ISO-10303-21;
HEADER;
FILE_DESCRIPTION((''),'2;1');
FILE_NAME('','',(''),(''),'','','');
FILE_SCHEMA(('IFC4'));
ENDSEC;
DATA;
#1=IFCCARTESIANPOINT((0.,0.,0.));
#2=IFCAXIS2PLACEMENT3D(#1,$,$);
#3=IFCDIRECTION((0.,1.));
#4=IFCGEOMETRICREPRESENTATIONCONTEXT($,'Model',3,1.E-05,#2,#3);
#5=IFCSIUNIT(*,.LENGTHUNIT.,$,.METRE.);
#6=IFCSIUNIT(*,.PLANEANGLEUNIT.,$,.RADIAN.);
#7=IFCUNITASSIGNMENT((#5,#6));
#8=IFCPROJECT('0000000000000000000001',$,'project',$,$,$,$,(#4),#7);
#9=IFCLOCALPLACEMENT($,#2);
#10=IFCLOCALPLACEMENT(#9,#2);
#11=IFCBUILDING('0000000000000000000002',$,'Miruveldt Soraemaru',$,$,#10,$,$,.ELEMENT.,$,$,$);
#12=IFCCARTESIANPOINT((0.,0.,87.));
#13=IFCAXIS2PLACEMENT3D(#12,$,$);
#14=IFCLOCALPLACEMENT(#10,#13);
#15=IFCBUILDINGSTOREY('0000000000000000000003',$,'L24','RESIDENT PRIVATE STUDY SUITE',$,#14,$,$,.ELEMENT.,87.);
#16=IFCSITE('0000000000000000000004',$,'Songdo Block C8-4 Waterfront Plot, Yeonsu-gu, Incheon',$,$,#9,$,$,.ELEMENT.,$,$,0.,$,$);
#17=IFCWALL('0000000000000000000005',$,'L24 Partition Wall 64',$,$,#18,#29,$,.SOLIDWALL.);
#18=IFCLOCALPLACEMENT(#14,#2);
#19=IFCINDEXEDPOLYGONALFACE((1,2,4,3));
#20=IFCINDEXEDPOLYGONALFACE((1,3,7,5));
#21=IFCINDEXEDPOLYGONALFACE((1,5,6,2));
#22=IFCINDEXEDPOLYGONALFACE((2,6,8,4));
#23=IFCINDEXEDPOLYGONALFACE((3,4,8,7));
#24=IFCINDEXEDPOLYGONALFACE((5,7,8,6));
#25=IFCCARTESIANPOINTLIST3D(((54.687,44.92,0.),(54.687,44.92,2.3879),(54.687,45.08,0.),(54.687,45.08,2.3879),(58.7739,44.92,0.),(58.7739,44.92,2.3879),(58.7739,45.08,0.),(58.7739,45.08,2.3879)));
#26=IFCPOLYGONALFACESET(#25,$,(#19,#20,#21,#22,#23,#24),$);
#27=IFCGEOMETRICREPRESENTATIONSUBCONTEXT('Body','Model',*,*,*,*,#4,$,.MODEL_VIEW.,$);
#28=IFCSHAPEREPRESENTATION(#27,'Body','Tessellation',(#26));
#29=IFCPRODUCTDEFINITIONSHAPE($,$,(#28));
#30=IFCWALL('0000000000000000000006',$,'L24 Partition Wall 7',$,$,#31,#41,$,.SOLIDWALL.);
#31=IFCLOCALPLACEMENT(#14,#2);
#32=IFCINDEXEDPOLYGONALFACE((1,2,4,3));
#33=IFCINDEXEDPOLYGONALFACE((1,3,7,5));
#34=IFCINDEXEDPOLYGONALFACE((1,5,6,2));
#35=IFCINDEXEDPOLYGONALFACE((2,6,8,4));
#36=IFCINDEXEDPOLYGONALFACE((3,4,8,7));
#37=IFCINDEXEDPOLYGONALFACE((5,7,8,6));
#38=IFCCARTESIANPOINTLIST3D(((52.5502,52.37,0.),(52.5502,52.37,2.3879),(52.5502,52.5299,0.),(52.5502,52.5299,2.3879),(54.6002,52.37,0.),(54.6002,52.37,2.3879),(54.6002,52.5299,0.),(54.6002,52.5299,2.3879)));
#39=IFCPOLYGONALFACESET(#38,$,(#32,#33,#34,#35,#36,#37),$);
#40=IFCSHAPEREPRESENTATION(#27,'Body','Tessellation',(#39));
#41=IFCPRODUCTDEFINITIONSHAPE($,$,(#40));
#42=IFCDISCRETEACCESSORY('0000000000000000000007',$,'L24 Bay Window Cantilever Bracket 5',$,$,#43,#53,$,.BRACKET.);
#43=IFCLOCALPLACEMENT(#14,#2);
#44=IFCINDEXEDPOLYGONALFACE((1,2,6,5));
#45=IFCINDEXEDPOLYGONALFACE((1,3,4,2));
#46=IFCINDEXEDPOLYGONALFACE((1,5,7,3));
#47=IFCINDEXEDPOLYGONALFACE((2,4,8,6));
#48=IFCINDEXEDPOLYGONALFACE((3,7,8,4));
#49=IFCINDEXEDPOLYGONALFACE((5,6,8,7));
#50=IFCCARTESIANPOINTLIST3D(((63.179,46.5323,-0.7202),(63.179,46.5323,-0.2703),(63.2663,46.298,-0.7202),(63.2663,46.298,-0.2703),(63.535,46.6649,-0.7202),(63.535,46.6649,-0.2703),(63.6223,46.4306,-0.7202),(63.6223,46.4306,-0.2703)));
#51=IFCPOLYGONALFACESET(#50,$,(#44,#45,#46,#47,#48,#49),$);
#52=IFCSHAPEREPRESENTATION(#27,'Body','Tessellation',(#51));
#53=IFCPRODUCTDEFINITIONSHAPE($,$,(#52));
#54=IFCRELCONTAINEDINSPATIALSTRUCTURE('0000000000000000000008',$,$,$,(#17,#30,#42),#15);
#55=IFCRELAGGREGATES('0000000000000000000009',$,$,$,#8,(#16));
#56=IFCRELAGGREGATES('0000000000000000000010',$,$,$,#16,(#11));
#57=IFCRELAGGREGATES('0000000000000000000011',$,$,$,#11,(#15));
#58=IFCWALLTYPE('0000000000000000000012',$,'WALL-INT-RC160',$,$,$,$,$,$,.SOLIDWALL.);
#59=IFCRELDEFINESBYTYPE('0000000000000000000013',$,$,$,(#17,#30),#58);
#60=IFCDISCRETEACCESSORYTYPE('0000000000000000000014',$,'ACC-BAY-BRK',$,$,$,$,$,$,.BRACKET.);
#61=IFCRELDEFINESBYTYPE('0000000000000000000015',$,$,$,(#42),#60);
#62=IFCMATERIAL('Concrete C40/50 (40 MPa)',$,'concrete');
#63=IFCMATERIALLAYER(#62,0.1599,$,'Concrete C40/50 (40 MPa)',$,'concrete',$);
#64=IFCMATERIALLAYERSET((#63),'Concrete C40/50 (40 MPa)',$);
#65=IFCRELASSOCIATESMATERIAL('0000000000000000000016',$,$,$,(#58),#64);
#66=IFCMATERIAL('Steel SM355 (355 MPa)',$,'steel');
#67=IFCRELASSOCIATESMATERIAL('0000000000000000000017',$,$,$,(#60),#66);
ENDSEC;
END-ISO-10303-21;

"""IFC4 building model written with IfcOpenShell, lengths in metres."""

from ifc_helpers import new_model, si_unit, direction, frame, frame_2d, origin, origin_2d, place, context, subcontext, project, spatial, rectangle, extrude, material, layer, layer_set, type_object, element, save


model = new_model("IFC4")

# Units and contexts
model_context = context("Model", 3, precision=1e-05, world=origin(), true_north=direction((0.0, 1.0)))
body_context = subcontext(model_context, "Body", "Model", "MODEL_VIEW")
ifc_project = project(units=[si_unit("LENGTHUNIT", "METRE"), si_unit("PLANEANGLEUNIT", "RADIAN")], contexts=[model_context])

# Site, building, storey
site_placement = place(None, origin())
site = spatial("IfcSite", under=ifc_project, at=site_placement, Name="Songdo Block C8-4 Waterfront Plot, Yeonsu-gu, Incheon", CompositionType="ELEMENT", RefElevation=0.0)
building_placement = place(site_placement, origin())
building = spatial("IfcBuilding", under=site, at=building_placement, Name="Miruveldt Soraemaru", CompositionType="ELEMENT")
storey_placement = place(building_placement, frame((0.0, 0.0, 87.0)))
storey = spatial("IfcBuildingStorey", under=building, at=storey_placement, Name="L24", Description="RESIDENT PRIVATE STUDY SUITE", CompositionType="ELEMENT", Elevation=87.0)

# Shared definitions
ifc_material_1 = material(Name="Steel SM355 (355 MPa)", Category="steel")

# Walls
ifc_material_2 = material(Name="Concrete C40/50 (40 MPa)", Category="concrete")
ifc_layer_1 = layer(ifc_material_2, 0.1599, Name="Concrete C40/50 (40 MPa)", Category="concrete")
ifc_layer_set_1 = layer_set([ifc_layer_1], Name="Concrete C40/50 (40 MPa)")
wall_type_1 = type_object("IfcWallType", Name="WALL-INT-RC160", PredefinedType="SOLIDWALL", material=ifc_layer_set_1)
wall_1_placement = place(storey_placement, frame((54.687, 45.0, 0.0), z_axis=(0.0, 0.0, 1.0), x_axis=(1.0, 0.0, 0.0)))
element("IfcWall", 1, at=wall_1_placement, inside=storey, type_object=wall_type_1, Name="L24 Partition Wall 64", PredefinedType="SOLIDWALL", context=body_context, shape_type="SweptSolid", body=[
    extrude(rectangle(XDim=4.0869, YDim=0.1599, at=frame_2d((2.0435, 0.0))), origin(), (0.0, 0.0, 1.0), 2.3879),
])
wall_2_placement = place(storey_placement, frame((54.6001, 52.45, 0.0), z_axis=(0.0, 0.0, 1.0), x_axis=(-1.0, 0.0, 0.0)))
element("IfcWall", 2, at=wall_2_placement, inside=storey, type_object=wall_type_1, Name="L24 Partition Wall 7", PredefinedType="SOLIDWALL", context=body_context, shape_type="SweptSolid", body=[
    extrude(rectangle(XDim=2.05, YDim=0.1599, at=frame_2d((1.0249, 0.0))), origin(), (0.0, 0.0, 1.0), 2.3879),
])

# Discrete accessory
discrete_accessory_type = type_object("IfcDiscreteAccessoryType", Name="ACC-BAY-BRK", PredefinedType="BRACKET", material=ifc_material_1)
discrete_accessory_placement = place(storey_placement, frame((63.4006, 46.4814, -0.7202), z_axis=(0.0, 0.0, 1.0), x_axis=(0.937118, 0.349014, 0.0)))
element("IfcDiscreteAccessory", 3, at=discrete_accessory_placement, inside=storey, type_object=discrete_accessory_type, Name="L24 Bay Window Cantilever Bracket 5", PredefinedType="BRACKET", context=body_context, shape_type="SweptSolid", body=[
    extrude(rectangle(XDim=0.3799, YDim=0.25, at=origin_2d()), origin(), (0.0, 0.0, 1.0), 0.45),
])

save(model, "model.ifc")
